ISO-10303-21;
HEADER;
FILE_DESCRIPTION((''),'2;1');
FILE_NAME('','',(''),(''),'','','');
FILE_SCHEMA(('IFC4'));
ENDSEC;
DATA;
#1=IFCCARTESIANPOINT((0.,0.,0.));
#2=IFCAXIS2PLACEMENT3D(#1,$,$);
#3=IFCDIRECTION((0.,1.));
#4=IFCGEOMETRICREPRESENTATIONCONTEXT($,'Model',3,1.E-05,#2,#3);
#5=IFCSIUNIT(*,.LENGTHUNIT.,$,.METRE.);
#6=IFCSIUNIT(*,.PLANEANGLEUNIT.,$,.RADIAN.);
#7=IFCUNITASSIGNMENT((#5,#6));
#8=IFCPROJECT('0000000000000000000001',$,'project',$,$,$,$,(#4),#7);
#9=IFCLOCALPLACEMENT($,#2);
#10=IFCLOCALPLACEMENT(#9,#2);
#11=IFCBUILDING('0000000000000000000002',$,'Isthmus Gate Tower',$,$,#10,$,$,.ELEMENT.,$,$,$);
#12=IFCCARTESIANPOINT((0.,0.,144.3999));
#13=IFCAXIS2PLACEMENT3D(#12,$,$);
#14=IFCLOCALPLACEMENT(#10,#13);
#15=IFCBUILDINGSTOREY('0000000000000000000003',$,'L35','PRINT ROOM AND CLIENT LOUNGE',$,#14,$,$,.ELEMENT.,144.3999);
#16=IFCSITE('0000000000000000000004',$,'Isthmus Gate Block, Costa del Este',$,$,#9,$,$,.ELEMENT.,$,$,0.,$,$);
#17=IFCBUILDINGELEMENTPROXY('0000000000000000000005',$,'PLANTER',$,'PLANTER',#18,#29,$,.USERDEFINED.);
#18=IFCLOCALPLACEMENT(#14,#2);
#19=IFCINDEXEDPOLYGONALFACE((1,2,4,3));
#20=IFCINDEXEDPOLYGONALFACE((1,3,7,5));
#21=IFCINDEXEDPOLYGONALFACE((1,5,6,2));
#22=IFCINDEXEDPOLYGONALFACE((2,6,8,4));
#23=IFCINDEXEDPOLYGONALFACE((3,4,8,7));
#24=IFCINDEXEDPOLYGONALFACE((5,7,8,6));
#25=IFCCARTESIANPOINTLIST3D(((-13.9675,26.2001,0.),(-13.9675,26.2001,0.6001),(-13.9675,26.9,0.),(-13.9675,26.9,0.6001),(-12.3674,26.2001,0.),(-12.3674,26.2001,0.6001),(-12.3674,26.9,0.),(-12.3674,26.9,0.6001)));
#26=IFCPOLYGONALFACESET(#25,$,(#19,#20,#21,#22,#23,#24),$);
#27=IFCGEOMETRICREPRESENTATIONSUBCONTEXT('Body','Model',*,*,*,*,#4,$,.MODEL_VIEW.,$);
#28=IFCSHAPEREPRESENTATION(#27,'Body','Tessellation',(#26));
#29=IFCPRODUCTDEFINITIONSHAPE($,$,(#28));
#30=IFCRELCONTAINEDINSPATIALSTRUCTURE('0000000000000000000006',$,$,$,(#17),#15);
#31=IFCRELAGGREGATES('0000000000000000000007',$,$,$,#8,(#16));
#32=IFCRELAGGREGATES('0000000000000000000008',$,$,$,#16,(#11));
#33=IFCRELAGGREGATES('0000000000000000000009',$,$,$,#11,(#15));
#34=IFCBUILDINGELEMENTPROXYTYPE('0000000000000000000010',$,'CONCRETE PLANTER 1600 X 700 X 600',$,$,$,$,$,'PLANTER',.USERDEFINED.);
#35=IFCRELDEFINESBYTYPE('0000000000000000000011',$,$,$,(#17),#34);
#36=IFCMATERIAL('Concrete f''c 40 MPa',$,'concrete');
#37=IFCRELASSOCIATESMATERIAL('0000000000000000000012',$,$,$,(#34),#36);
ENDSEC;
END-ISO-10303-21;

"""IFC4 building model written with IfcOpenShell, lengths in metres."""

from ifc_helpers import new_model, si_unit, direction, frame, origin, origin_2d, place, context, subcontext, project, spatial, rectangle, extrude, material, type_object, element, save


model = new_model("IFC4")

# Units and contexts
model_context = context("Model", 3, precision=1e-05, world=origin(), true_north=direction((0.0, 1.0)))
body_context = subcontext(model_context, "Body", "Model", "MODEL_VIEW")
ifc_project = project(units=[si_unit("LENGTHUNIT", "METRE"), si_unit("PLANEANGLEUNIT", "RADIAN")], contexts=[model_context])

# Site, building, storey
site_placement = place(None, origin())
site = spatial("IfcSite", under=ifc_project, at=site_placement, Name="Isthmus Gate Block, Costa del Este", CompositionType="ELEMENT", RefElevation=0.0)
building_placement = place(site_placement, origin())
building = spatial("IfcBuilding", under=site, at=building_placement, Name="Isthmus Gate Tower", CompositionType="ELEMENT")
storey_placement = place(building_placement, frame((0.0, 0.0, 144.3999)))
storey = spatial("IfcBuildingStorey", under=building, at=storey_placement, Name="L35", Description="PRINT ROOM AND CLIENT LOUNGE", CompositionType="ELEMENT", Elevation=144.3999)

# Building element proxy
ifc_material_1 = material(Name="Concrete f'c 40 MPa", Category="concrete")
building_element_proxy_type = type_object("IfcBuildingElementProxyType", Name="CONCRETE PLANTER 1600 X 700 X 600", ElementType="PLANTER", PredefinedType="USERDEFINED", material=ifc_material_1)
proxy_placement = place(storey_placement, frame((-13.1675, 26.55, 0.0), z_axis=(0.0, 0.0, 1.0), x_axis=(-1.0, 0.0, 0.0)))
element("IfcBuildingElementProxy", 1, at=proxy_placement, inside=storey, type_object=building_element_proxy_type, Name="PLANTER", ObjectType="PLANTER", PredefinedType="USERDEFINED", context=body_context, shape_type="SweptSolid", body=[
    extrude(rectangle(XDim=1.6001, YDim=0.7, at=origin_2d()), origin(), (0.0, 0.0, 1.0), 0.6001),
])

save(model, "model.ifc")
